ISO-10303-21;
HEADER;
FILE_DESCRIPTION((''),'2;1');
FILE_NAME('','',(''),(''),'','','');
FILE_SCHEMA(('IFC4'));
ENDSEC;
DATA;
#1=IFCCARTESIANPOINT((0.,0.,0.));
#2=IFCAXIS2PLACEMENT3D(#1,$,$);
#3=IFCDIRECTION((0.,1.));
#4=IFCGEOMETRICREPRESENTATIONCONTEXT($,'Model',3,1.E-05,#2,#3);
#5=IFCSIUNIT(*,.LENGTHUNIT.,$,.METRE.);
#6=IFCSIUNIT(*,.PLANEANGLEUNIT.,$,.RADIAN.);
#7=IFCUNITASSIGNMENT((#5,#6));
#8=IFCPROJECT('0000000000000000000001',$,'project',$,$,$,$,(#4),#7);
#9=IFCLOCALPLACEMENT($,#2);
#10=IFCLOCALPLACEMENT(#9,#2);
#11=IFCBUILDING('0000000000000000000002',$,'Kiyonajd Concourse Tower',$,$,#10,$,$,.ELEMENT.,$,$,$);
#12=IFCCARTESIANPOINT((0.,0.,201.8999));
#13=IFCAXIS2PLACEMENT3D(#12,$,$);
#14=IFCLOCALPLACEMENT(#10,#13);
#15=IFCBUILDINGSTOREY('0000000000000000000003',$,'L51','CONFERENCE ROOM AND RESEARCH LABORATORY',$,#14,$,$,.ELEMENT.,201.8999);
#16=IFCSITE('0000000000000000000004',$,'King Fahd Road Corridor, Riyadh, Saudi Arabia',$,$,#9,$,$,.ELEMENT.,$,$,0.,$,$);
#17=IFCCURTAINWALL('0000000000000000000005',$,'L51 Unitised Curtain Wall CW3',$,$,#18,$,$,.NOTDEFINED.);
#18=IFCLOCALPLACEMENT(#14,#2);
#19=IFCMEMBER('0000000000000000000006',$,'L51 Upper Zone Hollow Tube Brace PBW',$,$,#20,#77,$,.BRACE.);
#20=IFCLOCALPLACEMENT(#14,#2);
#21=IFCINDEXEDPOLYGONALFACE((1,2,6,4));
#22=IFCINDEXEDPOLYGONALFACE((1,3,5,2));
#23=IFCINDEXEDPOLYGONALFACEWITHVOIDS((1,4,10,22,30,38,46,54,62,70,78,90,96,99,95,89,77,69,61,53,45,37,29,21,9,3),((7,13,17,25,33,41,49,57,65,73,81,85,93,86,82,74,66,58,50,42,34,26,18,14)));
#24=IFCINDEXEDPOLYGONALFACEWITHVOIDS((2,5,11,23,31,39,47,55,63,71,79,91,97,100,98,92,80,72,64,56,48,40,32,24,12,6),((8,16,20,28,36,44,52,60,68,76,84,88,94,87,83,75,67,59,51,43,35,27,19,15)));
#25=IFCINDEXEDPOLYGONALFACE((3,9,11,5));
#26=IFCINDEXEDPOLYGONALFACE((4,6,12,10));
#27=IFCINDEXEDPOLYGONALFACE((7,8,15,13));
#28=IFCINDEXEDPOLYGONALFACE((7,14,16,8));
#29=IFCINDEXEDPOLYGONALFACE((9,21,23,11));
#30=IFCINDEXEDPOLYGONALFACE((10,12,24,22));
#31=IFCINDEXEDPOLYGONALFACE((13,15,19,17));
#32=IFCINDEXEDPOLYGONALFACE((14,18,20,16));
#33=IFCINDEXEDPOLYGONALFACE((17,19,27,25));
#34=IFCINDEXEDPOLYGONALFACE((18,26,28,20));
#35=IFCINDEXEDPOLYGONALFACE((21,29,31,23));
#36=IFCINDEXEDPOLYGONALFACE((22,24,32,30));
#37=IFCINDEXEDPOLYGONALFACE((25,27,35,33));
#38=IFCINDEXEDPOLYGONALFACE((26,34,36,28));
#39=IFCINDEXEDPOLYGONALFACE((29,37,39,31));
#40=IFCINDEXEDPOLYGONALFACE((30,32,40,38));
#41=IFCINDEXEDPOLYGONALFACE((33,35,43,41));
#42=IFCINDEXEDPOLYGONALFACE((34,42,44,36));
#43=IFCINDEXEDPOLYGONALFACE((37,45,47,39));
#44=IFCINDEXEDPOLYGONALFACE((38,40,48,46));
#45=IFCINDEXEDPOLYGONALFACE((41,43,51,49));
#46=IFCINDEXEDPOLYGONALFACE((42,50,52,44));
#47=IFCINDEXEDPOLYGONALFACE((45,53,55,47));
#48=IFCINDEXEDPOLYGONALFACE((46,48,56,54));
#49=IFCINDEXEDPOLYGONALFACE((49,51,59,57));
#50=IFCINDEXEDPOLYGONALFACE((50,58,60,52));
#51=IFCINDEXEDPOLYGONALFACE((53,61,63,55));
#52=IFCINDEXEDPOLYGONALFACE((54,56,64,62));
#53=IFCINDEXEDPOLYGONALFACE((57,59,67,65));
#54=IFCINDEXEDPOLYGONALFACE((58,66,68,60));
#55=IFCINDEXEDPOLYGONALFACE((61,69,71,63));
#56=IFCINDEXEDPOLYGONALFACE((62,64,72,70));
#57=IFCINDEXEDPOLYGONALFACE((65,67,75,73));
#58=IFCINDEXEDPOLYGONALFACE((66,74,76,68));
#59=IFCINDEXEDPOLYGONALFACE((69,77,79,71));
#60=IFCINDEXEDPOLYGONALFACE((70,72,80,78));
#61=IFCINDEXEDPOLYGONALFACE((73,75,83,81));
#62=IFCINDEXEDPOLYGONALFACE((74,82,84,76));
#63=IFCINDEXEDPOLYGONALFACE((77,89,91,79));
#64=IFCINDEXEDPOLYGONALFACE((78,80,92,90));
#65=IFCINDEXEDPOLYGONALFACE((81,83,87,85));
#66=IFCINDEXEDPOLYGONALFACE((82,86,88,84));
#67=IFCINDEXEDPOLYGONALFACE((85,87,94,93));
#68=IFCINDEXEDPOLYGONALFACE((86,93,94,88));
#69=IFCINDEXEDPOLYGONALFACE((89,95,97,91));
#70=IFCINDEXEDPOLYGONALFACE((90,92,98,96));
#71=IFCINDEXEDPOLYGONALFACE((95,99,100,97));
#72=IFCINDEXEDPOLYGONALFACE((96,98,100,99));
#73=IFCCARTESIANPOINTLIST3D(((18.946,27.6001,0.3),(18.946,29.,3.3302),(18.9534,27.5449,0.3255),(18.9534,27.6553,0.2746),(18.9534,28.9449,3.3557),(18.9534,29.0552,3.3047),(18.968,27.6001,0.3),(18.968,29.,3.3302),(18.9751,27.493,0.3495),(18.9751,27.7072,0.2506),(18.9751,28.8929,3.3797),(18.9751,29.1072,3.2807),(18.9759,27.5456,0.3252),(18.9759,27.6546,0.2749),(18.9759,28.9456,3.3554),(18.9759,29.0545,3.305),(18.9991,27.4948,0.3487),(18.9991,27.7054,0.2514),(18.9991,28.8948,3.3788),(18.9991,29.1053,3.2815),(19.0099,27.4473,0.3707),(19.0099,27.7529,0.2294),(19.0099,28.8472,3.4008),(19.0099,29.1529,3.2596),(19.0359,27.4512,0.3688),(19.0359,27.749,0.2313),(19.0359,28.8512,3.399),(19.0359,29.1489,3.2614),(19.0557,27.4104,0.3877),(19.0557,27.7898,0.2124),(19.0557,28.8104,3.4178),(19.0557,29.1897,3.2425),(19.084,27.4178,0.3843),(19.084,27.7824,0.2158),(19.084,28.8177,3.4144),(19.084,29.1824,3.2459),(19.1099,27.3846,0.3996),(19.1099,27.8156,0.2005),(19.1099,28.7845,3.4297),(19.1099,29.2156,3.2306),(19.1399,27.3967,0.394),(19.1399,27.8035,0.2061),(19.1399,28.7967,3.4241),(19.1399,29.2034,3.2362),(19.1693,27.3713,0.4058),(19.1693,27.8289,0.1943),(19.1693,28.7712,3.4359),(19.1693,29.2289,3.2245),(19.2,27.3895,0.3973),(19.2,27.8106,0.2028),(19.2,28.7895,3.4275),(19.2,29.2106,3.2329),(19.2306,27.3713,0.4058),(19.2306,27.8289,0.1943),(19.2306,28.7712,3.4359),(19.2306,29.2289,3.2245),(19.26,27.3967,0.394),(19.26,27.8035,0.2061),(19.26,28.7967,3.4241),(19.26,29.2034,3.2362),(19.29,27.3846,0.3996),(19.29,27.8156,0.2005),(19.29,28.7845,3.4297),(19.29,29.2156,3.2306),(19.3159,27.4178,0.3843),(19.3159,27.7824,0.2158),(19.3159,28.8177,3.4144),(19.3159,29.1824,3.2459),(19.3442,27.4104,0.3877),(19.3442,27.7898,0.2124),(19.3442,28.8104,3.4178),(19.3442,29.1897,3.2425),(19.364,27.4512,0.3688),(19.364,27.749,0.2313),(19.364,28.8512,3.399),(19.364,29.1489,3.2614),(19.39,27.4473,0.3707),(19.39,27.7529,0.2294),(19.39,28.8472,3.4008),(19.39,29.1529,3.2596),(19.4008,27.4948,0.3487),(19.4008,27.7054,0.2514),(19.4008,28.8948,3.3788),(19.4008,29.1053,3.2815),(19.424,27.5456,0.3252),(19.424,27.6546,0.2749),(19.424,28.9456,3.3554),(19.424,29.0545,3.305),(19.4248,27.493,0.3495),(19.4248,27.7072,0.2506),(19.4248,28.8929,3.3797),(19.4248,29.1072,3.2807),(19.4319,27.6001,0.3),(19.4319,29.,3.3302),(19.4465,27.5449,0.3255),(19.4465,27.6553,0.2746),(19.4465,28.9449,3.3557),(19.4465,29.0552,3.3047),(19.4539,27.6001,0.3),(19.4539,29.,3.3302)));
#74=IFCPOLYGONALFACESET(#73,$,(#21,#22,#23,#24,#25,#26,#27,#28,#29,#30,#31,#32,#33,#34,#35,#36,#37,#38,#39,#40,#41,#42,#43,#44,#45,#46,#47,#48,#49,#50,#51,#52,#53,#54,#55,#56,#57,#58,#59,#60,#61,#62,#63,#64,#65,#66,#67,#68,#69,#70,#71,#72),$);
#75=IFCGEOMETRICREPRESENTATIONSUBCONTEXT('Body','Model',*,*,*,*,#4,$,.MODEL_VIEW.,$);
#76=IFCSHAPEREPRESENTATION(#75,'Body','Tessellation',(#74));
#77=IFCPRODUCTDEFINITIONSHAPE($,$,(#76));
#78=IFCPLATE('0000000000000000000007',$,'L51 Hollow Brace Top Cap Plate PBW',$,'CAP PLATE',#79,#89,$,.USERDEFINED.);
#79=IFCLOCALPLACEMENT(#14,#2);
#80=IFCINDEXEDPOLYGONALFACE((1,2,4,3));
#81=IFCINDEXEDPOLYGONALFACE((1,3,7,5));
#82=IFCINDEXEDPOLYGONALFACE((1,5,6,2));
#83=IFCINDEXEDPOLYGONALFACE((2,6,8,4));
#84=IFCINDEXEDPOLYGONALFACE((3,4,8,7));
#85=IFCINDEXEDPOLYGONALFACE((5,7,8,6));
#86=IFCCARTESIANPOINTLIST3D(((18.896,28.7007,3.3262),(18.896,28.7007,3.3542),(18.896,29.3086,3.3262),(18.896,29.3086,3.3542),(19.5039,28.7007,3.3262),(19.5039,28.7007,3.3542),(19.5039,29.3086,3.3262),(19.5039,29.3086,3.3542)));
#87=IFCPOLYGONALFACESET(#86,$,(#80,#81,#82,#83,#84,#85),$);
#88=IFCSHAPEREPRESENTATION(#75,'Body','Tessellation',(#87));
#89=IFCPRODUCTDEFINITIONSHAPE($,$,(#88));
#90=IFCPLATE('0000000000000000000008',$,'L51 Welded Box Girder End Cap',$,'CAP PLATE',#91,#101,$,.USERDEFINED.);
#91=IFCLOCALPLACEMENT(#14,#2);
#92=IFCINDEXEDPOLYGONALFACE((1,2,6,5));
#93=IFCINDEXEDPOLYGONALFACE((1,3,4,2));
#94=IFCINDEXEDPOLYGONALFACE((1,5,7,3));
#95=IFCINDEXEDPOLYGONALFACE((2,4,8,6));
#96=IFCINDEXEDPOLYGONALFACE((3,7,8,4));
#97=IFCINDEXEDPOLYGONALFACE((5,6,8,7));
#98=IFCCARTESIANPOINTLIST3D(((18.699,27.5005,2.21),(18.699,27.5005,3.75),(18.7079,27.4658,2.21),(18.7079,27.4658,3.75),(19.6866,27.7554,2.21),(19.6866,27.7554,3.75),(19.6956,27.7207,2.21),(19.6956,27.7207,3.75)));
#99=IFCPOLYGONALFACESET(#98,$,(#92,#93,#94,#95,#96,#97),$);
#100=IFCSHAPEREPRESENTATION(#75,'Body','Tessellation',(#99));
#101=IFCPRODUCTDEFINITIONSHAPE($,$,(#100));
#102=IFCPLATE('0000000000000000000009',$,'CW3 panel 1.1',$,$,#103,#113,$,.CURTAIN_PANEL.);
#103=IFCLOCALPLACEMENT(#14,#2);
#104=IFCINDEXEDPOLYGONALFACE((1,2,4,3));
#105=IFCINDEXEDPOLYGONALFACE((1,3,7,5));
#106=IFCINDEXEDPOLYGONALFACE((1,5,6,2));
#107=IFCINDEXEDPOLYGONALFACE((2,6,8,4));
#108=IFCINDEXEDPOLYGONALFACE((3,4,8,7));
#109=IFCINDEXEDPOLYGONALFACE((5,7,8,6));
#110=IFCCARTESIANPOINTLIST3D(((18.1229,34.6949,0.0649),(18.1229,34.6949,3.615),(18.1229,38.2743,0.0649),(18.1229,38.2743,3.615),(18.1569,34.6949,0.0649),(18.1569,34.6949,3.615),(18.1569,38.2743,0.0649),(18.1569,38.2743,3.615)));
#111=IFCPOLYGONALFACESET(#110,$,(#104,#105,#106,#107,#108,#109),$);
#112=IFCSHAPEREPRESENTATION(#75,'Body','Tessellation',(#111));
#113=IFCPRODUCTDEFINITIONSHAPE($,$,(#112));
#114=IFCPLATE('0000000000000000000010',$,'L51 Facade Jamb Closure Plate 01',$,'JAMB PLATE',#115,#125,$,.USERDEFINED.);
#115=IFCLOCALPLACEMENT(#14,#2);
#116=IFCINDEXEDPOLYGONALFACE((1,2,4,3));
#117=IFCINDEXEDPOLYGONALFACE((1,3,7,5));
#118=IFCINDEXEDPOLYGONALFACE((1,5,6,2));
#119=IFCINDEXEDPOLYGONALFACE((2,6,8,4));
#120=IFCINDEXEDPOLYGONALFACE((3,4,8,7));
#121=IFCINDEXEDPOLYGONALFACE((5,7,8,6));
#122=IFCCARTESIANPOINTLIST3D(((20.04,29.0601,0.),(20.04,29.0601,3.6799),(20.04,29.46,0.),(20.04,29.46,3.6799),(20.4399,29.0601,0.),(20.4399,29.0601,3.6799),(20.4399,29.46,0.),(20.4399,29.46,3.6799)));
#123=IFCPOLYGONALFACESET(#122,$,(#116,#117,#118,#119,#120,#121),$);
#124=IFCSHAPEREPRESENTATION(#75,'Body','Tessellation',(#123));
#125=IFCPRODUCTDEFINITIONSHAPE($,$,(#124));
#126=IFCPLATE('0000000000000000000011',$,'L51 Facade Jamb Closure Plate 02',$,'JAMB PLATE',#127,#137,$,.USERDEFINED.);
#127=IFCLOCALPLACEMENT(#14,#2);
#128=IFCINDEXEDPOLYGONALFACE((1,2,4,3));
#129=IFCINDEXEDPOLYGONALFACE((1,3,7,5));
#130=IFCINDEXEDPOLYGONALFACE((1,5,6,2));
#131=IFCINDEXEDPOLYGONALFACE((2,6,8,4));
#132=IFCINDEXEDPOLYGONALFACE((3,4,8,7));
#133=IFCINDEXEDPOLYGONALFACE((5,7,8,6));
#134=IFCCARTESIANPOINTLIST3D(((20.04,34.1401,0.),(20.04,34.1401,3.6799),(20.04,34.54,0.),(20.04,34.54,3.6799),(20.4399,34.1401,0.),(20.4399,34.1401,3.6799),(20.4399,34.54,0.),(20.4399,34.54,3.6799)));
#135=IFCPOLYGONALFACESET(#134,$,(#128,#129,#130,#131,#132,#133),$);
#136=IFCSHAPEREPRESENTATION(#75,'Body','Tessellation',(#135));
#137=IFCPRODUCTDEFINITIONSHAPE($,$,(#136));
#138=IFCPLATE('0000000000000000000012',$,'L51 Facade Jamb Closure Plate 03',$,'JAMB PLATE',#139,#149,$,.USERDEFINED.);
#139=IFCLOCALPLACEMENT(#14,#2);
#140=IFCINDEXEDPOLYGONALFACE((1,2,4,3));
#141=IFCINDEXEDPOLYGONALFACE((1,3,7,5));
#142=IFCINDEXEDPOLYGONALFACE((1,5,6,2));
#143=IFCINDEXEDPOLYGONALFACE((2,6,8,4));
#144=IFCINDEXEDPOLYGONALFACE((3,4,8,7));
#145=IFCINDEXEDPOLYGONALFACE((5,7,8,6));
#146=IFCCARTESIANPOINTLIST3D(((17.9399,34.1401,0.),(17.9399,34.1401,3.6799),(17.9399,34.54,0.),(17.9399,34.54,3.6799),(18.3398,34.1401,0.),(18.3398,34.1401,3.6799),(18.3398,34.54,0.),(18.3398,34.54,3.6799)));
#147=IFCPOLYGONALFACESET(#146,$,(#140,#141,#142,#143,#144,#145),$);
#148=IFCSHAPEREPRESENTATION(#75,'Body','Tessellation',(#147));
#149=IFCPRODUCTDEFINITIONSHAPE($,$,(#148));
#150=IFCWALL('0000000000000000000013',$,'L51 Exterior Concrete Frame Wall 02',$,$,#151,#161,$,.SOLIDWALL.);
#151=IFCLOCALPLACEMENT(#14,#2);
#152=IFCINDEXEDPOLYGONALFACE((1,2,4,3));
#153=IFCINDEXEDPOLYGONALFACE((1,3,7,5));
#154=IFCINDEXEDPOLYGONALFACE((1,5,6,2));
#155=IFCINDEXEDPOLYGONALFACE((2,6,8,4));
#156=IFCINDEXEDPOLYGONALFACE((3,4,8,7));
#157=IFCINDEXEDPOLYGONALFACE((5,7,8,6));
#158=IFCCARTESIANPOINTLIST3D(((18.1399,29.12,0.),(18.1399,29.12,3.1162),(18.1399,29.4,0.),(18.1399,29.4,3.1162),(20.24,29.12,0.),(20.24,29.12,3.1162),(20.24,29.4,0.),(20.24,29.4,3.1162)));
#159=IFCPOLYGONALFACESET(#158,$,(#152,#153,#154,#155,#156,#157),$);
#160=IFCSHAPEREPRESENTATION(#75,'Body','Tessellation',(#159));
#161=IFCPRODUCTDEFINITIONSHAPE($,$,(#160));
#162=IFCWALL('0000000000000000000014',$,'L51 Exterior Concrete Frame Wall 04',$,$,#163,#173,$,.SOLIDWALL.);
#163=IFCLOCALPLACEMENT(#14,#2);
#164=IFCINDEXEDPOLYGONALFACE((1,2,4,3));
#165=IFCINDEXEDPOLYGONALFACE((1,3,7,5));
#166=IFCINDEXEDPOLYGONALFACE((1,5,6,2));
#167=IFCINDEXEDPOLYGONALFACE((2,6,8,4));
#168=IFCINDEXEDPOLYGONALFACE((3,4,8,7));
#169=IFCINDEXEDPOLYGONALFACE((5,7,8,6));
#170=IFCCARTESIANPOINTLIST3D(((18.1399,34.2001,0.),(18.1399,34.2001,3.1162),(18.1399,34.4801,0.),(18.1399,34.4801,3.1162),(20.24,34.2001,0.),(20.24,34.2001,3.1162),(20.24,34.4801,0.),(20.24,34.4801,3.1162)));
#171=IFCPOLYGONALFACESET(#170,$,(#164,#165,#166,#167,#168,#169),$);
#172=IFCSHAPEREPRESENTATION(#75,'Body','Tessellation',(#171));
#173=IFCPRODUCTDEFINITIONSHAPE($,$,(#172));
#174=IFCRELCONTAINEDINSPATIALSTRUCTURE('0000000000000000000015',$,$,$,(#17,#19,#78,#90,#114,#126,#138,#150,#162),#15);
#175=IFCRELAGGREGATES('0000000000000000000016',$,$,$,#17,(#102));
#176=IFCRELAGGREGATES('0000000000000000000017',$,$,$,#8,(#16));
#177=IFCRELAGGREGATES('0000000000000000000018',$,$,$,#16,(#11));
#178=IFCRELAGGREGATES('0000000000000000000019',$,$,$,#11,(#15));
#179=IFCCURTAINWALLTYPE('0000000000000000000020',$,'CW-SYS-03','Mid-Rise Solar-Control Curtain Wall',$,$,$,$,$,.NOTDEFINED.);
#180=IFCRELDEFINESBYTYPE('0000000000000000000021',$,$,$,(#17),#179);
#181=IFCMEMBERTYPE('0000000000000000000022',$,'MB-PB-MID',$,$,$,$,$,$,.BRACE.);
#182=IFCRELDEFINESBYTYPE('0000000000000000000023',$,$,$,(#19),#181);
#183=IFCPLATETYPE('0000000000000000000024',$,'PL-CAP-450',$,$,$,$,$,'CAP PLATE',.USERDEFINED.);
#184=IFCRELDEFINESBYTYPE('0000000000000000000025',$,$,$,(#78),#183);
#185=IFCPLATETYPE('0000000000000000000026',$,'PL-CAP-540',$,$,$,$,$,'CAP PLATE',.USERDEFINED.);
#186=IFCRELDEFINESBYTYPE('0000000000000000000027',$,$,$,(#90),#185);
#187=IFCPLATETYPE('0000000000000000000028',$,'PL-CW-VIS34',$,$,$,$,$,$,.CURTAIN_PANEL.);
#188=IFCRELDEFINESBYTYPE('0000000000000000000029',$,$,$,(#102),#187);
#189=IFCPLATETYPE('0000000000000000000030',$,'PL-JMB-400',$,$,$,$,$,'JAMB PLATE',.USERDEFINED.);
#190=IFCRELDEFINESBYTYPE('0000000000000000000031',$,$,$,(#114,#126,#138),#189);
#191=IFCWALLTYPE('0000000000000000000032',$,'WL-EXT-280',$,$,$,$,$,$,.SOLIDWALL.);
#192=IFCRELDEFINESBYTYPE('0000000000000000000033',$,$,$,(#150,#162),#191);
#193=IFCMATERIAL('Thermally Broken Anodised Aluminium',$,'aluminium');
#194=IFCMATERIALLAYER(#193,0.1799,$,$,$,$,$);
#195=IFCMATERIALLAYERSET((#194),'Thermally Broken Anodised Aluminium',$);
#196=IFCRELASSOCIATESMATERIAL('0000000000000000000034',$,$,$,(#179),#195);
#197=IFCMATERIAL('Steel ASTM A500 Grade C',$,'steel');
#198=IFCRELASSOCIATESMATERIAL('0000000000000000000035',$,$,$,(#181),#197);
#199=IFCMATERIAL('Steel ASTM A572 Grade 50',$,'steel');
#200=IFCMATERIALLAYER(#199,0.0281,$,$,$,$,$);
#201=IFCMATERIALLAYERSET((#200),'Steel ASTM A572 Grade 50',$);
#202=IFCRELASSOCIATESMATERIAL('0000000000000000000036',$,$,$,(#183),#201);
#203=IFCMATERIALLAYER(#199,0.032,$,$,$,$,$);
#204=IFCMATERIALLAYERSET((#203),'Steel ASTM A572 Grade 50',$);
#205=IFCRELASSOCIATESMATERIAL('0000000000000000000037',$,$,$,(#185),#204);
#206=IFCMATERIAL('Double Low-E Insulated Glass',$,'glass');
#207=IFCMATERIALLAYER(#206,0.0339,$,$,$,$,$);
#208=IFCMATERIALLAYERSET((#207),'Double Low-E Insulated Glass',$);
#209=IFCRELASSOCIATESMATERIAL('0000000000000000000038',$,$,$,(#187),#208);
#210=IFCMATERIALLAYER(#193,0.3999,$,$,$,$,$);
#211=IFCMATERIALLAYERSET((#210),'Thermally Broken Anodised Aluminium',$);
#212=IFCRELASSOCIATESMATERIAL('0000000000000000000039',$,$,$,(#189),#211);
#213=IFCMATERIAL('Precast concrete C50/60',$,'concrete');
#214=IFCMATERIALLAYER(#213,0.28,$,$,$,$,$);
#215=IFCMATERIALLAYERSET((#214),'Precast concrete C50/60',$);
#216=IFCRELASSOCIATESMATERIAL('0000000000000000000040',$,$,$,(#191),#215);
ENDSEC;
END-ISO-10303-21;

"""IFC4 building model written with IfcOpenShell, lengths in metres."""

from ifc_helpers import new_model, si_unit, direction, frame, frame_2d, origin, origin_2d, place, context, subcontext, project, spatial, rectangle, hollow_circle, extrude, material, layer, layer_set, material_profile, profile_set, type_object, element, aggregate, save


model = new_model("IFC4")

# Units and contexts
model_context = context("Model", 3, precision=1e-05, world=origin(), true_north=direction((0.0, 1.0)))
body_context = subcontext(model_context, "Body", "Model", "MODEL_VIEW")
ifc_project = project(units=[si_unit("LENGTHUNIT", "METRE"), si_unit("PLANEANGLEUNIT", "RADIAN")], contexts=[model_context])

# Site, building, storey
site_placement = place(None, origin())
site = spatial("IfcSite", under=ifc_project, at=site_placement, Name="King Fahd Road Corridor, Riyadh, Saudi Arabia", CompositionType="ELEMENT", RefElevation=0.0)
building_placement = place(site_placement, origin())
building = spatial("IfcBuilding", under=site, at=building_placement, Name="Kiyonajd Concourse Tower", CompositionType="ELEMENT")
storey_placement = place(building_placement, frame((0.0, 0.0, 201.8999)))
storey = spatial("IfcBuildingStorey", under=building, at=storey_placement, Name="L51", Description="CONFERENCE ROOM AND RESEARCH LABORATORY", CompositionType="ELEMENT", Elevation=201.8999)

# Shared definitions
ifc_material_1 = material(Name="Steel ASTM A572 Grade 50", Category="steel")

# Curtain wall
ifc_material_2 = material(Name="Thermally Broken Anodised Aluminium", Category="aluminium")
ifc_layer_1 = layer(ifc_material_2, 0.1799)
ifc_layer_set_1 = layer_set([ifc_layer_1], Name="Thermally Broken Anodised Aluminium")
curtain_wall_type = type_object("IfcCurtainWallType", Name="CW-SYS-03", Description="Mid-Rise Solar-Control Curtain Wall", PredefinedType="NOTDEFINED", material=ifc_layer_set_1)
curtain_wall_placement = place(storey_placement, origin())
curtain_wall = element("IfcCurtainWall", 1, at=curtain_wall_placement, inside=storey, type_object=curtain_wall_type, Name="L51 Unitised Curtain Wall CW3", PredefinedType="NOTDEFINED")

# Member
ifc_material_3 = material(Name="Steel ASTM A500 Grade C", Category="steel")
ifc_material_profile_1 = material_profile(ifc_material_3, hollow_circle(Radius=0.2539, WallThickness=0.022, at=origin_2d()), Name="CHS-508x22")
ifc_profile_set_1 = profile_set([ifc_material_profile_1], Name="Steel ASTM A500 Grade C")
member_type_1 = type_object("IfcMemberType", Name="MB-PB-MID", PredefinedType="BRACE", material=ifc_profile_set_1)
member_1_placement = place(storey_placement, frame((19.2, 27.6001, 0.3), z_axis=(0.0, 0.419411, 0.907797), x_axis=(-1.0, 0.0, 0.0)))
element("IfcMember", 2, at=member_1_placement, inside=storey, type_object=member_type_1, Name="L51 Upper Zone Hollow Tube Brace PBW", PredefinedType="BRACE", context=body_context, shape_type="SweptSolid", body=[
    extrude(hollow_circle(Radius=0.2539, WallThickness=0.022, at=origin_2d()), origin(), (0.0, 0.0, 1.0), 3.3379),
])

# Plates
ifc_layer_2 = layer(ifc_material_1, 0.0281)
ifc_layer_set_2 = layer_set([ifc_layer_2], Name="Steel ASTM A572 Grade 50")
plate_type_1 = type_object("IfcPlateType", Name="PL-CAP-450", ElementType="CAP PLATE", PredefinedType="USERDEFINED", material=ifc_layer_set_2)
plate_1_placement = place(storey_placement, frame((19.2, 29.0046, 3.3262), z_axis=(0.0, 0.0, 1.0), x_axis=(1.0, 0.0, 0.0)))
element("IfcPlate", 3, at=plate_1_placement, inside=storey, type_object=plate_type_1, Name="L51 Hollow Brace Top Cap Plate PBW", ObjectType="CAP PLATE", PredefinedType="USERDEFINED", context=body_context, shape_type="SweptSolid", body=[
    extrude(rectangle(XDim=0.6079, YDim=0.6079, at=origin_2d()), origin(), (0.0, 0.0, 1.0), 0.0281),
])
ifc_layer_3 = layer(ifc_material_1, 0.032)
ifc_layer_set_3 = layer_set([ifc_layer_3], Name="Steel ASTM A572 Grade 50")
plate_type_2 = type_object("IfcPlateType", Name="PL-CAP-540", ElementType="CAP PLATE", PredefinedType="USERDEFINED", material=ifc_layer_set_3)
plate_2_placement = place(storey_placement, frame((19.1973, 27.6106, 2.21), z_axis=(0.0, 0.0, 1.0), x_axis=(-0.249873, 0.968279, 0.0)))
element("IfcPlate", 4, at=plate_2_placement, inside=storey, type_object=plate_type_2, Name="L51 Welded Box Girder End Cap", ObjectType="CAP PLATE", PredefinedType="USERDEFINED", context=body_context, shape_type="SweptSolid", body=[
    extrude(rectangle(XDim=0.0359, YDim=1.02, at=origin_2d()), origin(), (0.0, 0.0, 1.0), 1.54),
])

# Plate
ifc_material_4 = material(Name="Double Low-E Insulated Glass", Category="glass")
ifc_layer_4 = layer(ifc_material_4, 0.0339)
ifc_layer_set_4 = layer_set([ifc_layer_4], Name="Double Low-E Insulated Glass")
plate_type_3 = type_object("IfcPlateType", Name="PL-CW-VIS34", PredefinedType="CURTAIN_PANEL", material=ifc_layer_set_4)
plate_3_placement = place(storey_placement, frame((18.1399, 36.4846, 0.0649), z_axis=(0.0, 0.0, 1.0), x_axis=(0.0, 1.0, 0.0)))
plate_3 = element("IfcPlate", 5, at=plate_3_placement, type_object=plate_type_3, Name="CW3 panel 1.1", PredefinedType="CURTAIN_PANEL", context=body_context, shape_type="SweptSolid", body=[
    extrude(rectangle(XDim=3.5793, YDim=0.0339, at=origin_2d()), origin(), (0.0, 0.0, 1.0), 3.55),
])
aggregate(curtain_wall, [plate_3])

# Plates
ifc_layer_5 = layer(ifc_material_2, 0.3999)
ifc_layer_set_5 = layer_set([ifc_layer_5], Name="Thermally Broken Anodised Aluminium")
plate_type_4 = type_object("IfcPlateType", Name="PL-JMB-400", ElementType="JAMB PLATE", PredefinedType="USERDEFINED", material=ifc_layer_set_5)
for number, where, z_axis, x_axis, name in (
    (6, (20.24, 29.26, 0.0), (0.0, 0.0, 1.0), (1.0, 0.0, 0.0), "L51 Facade Jamb Closure Plate 01"),
    (7, (20.24, 34.3401, 0.0), (0.0, 0.0, 1.0), (1.0, 0.0, 0.0), "L51 Facade Jamb Closure Plate 02"),
    (8, (18.1399, 34.3401, 0.0), (0.0, 0.0, 1.0), (1.0, 0.0, 0.0), "L51 Facade Jamb Closure Plate 03"),
):
    element("IfcPlate", number, at=place(storey_placement, frame(where, z_axis=z_axis, x_axis=x_axis)), inside=storey, type_object=plate_type_4, Name=name, ObjectType="JAMB PLATE", PredefinedType="USERDEFINED", context=body_context, shape_type="SweptSolid", body=[
        extrude(rectangle(XDim=0.3999, YDim=0.3999, at=origin_2d()), origin(), (0.0, 0.0, 1.0), 3.6799),
    ])

# Walls
ifc_material_5 = material(Name="Precast concrete C50/60", Category="concrete")
ifc_layer_6 = layer(ifc_material_5, 0.28)
ifc_layer_set_6 = layer_set([ifc_layer_6], Name="Precast concrete C50/60")
wall_type_1 = type_object("IfcWallType", Name="WL-EXT-280", PredefinedType="SOLIDWALL", material=ifc_layer_set_6)
for number, where, z_axis, x_axis, name in (
    (9, (18.1399, 29.26, 0.0), (0.0, 0.0, 1.0), (1.0, 0.0, 0.0), "L51 Exterior Concrete Frame Wall 02"),
    (10, (20.24, 34.3401, 0.0), (0.0, 0.0, 1.0), (-1.0, 0.0, 0.0), "L51 Exterior Concrete Frame Wall 04"),
):
    element("IfcWall", number, at=place(storey_placement, frame(where, z_axis=z_axis, x_axis=x_axis)), inside=storey, type_object=wall_type_1, Name=name, PredefinedType="SOLIDWALL", context=body_context, shape_type="SweptSolid", body=[
        extrude(rectangle(XDim=2.1001, YDim=0.28, at=frame_2d((1.05, 0.0))), origin(), (0.0, 0.0, 1.0), 3.1162),
    ])

save(model, "model.ifc")
